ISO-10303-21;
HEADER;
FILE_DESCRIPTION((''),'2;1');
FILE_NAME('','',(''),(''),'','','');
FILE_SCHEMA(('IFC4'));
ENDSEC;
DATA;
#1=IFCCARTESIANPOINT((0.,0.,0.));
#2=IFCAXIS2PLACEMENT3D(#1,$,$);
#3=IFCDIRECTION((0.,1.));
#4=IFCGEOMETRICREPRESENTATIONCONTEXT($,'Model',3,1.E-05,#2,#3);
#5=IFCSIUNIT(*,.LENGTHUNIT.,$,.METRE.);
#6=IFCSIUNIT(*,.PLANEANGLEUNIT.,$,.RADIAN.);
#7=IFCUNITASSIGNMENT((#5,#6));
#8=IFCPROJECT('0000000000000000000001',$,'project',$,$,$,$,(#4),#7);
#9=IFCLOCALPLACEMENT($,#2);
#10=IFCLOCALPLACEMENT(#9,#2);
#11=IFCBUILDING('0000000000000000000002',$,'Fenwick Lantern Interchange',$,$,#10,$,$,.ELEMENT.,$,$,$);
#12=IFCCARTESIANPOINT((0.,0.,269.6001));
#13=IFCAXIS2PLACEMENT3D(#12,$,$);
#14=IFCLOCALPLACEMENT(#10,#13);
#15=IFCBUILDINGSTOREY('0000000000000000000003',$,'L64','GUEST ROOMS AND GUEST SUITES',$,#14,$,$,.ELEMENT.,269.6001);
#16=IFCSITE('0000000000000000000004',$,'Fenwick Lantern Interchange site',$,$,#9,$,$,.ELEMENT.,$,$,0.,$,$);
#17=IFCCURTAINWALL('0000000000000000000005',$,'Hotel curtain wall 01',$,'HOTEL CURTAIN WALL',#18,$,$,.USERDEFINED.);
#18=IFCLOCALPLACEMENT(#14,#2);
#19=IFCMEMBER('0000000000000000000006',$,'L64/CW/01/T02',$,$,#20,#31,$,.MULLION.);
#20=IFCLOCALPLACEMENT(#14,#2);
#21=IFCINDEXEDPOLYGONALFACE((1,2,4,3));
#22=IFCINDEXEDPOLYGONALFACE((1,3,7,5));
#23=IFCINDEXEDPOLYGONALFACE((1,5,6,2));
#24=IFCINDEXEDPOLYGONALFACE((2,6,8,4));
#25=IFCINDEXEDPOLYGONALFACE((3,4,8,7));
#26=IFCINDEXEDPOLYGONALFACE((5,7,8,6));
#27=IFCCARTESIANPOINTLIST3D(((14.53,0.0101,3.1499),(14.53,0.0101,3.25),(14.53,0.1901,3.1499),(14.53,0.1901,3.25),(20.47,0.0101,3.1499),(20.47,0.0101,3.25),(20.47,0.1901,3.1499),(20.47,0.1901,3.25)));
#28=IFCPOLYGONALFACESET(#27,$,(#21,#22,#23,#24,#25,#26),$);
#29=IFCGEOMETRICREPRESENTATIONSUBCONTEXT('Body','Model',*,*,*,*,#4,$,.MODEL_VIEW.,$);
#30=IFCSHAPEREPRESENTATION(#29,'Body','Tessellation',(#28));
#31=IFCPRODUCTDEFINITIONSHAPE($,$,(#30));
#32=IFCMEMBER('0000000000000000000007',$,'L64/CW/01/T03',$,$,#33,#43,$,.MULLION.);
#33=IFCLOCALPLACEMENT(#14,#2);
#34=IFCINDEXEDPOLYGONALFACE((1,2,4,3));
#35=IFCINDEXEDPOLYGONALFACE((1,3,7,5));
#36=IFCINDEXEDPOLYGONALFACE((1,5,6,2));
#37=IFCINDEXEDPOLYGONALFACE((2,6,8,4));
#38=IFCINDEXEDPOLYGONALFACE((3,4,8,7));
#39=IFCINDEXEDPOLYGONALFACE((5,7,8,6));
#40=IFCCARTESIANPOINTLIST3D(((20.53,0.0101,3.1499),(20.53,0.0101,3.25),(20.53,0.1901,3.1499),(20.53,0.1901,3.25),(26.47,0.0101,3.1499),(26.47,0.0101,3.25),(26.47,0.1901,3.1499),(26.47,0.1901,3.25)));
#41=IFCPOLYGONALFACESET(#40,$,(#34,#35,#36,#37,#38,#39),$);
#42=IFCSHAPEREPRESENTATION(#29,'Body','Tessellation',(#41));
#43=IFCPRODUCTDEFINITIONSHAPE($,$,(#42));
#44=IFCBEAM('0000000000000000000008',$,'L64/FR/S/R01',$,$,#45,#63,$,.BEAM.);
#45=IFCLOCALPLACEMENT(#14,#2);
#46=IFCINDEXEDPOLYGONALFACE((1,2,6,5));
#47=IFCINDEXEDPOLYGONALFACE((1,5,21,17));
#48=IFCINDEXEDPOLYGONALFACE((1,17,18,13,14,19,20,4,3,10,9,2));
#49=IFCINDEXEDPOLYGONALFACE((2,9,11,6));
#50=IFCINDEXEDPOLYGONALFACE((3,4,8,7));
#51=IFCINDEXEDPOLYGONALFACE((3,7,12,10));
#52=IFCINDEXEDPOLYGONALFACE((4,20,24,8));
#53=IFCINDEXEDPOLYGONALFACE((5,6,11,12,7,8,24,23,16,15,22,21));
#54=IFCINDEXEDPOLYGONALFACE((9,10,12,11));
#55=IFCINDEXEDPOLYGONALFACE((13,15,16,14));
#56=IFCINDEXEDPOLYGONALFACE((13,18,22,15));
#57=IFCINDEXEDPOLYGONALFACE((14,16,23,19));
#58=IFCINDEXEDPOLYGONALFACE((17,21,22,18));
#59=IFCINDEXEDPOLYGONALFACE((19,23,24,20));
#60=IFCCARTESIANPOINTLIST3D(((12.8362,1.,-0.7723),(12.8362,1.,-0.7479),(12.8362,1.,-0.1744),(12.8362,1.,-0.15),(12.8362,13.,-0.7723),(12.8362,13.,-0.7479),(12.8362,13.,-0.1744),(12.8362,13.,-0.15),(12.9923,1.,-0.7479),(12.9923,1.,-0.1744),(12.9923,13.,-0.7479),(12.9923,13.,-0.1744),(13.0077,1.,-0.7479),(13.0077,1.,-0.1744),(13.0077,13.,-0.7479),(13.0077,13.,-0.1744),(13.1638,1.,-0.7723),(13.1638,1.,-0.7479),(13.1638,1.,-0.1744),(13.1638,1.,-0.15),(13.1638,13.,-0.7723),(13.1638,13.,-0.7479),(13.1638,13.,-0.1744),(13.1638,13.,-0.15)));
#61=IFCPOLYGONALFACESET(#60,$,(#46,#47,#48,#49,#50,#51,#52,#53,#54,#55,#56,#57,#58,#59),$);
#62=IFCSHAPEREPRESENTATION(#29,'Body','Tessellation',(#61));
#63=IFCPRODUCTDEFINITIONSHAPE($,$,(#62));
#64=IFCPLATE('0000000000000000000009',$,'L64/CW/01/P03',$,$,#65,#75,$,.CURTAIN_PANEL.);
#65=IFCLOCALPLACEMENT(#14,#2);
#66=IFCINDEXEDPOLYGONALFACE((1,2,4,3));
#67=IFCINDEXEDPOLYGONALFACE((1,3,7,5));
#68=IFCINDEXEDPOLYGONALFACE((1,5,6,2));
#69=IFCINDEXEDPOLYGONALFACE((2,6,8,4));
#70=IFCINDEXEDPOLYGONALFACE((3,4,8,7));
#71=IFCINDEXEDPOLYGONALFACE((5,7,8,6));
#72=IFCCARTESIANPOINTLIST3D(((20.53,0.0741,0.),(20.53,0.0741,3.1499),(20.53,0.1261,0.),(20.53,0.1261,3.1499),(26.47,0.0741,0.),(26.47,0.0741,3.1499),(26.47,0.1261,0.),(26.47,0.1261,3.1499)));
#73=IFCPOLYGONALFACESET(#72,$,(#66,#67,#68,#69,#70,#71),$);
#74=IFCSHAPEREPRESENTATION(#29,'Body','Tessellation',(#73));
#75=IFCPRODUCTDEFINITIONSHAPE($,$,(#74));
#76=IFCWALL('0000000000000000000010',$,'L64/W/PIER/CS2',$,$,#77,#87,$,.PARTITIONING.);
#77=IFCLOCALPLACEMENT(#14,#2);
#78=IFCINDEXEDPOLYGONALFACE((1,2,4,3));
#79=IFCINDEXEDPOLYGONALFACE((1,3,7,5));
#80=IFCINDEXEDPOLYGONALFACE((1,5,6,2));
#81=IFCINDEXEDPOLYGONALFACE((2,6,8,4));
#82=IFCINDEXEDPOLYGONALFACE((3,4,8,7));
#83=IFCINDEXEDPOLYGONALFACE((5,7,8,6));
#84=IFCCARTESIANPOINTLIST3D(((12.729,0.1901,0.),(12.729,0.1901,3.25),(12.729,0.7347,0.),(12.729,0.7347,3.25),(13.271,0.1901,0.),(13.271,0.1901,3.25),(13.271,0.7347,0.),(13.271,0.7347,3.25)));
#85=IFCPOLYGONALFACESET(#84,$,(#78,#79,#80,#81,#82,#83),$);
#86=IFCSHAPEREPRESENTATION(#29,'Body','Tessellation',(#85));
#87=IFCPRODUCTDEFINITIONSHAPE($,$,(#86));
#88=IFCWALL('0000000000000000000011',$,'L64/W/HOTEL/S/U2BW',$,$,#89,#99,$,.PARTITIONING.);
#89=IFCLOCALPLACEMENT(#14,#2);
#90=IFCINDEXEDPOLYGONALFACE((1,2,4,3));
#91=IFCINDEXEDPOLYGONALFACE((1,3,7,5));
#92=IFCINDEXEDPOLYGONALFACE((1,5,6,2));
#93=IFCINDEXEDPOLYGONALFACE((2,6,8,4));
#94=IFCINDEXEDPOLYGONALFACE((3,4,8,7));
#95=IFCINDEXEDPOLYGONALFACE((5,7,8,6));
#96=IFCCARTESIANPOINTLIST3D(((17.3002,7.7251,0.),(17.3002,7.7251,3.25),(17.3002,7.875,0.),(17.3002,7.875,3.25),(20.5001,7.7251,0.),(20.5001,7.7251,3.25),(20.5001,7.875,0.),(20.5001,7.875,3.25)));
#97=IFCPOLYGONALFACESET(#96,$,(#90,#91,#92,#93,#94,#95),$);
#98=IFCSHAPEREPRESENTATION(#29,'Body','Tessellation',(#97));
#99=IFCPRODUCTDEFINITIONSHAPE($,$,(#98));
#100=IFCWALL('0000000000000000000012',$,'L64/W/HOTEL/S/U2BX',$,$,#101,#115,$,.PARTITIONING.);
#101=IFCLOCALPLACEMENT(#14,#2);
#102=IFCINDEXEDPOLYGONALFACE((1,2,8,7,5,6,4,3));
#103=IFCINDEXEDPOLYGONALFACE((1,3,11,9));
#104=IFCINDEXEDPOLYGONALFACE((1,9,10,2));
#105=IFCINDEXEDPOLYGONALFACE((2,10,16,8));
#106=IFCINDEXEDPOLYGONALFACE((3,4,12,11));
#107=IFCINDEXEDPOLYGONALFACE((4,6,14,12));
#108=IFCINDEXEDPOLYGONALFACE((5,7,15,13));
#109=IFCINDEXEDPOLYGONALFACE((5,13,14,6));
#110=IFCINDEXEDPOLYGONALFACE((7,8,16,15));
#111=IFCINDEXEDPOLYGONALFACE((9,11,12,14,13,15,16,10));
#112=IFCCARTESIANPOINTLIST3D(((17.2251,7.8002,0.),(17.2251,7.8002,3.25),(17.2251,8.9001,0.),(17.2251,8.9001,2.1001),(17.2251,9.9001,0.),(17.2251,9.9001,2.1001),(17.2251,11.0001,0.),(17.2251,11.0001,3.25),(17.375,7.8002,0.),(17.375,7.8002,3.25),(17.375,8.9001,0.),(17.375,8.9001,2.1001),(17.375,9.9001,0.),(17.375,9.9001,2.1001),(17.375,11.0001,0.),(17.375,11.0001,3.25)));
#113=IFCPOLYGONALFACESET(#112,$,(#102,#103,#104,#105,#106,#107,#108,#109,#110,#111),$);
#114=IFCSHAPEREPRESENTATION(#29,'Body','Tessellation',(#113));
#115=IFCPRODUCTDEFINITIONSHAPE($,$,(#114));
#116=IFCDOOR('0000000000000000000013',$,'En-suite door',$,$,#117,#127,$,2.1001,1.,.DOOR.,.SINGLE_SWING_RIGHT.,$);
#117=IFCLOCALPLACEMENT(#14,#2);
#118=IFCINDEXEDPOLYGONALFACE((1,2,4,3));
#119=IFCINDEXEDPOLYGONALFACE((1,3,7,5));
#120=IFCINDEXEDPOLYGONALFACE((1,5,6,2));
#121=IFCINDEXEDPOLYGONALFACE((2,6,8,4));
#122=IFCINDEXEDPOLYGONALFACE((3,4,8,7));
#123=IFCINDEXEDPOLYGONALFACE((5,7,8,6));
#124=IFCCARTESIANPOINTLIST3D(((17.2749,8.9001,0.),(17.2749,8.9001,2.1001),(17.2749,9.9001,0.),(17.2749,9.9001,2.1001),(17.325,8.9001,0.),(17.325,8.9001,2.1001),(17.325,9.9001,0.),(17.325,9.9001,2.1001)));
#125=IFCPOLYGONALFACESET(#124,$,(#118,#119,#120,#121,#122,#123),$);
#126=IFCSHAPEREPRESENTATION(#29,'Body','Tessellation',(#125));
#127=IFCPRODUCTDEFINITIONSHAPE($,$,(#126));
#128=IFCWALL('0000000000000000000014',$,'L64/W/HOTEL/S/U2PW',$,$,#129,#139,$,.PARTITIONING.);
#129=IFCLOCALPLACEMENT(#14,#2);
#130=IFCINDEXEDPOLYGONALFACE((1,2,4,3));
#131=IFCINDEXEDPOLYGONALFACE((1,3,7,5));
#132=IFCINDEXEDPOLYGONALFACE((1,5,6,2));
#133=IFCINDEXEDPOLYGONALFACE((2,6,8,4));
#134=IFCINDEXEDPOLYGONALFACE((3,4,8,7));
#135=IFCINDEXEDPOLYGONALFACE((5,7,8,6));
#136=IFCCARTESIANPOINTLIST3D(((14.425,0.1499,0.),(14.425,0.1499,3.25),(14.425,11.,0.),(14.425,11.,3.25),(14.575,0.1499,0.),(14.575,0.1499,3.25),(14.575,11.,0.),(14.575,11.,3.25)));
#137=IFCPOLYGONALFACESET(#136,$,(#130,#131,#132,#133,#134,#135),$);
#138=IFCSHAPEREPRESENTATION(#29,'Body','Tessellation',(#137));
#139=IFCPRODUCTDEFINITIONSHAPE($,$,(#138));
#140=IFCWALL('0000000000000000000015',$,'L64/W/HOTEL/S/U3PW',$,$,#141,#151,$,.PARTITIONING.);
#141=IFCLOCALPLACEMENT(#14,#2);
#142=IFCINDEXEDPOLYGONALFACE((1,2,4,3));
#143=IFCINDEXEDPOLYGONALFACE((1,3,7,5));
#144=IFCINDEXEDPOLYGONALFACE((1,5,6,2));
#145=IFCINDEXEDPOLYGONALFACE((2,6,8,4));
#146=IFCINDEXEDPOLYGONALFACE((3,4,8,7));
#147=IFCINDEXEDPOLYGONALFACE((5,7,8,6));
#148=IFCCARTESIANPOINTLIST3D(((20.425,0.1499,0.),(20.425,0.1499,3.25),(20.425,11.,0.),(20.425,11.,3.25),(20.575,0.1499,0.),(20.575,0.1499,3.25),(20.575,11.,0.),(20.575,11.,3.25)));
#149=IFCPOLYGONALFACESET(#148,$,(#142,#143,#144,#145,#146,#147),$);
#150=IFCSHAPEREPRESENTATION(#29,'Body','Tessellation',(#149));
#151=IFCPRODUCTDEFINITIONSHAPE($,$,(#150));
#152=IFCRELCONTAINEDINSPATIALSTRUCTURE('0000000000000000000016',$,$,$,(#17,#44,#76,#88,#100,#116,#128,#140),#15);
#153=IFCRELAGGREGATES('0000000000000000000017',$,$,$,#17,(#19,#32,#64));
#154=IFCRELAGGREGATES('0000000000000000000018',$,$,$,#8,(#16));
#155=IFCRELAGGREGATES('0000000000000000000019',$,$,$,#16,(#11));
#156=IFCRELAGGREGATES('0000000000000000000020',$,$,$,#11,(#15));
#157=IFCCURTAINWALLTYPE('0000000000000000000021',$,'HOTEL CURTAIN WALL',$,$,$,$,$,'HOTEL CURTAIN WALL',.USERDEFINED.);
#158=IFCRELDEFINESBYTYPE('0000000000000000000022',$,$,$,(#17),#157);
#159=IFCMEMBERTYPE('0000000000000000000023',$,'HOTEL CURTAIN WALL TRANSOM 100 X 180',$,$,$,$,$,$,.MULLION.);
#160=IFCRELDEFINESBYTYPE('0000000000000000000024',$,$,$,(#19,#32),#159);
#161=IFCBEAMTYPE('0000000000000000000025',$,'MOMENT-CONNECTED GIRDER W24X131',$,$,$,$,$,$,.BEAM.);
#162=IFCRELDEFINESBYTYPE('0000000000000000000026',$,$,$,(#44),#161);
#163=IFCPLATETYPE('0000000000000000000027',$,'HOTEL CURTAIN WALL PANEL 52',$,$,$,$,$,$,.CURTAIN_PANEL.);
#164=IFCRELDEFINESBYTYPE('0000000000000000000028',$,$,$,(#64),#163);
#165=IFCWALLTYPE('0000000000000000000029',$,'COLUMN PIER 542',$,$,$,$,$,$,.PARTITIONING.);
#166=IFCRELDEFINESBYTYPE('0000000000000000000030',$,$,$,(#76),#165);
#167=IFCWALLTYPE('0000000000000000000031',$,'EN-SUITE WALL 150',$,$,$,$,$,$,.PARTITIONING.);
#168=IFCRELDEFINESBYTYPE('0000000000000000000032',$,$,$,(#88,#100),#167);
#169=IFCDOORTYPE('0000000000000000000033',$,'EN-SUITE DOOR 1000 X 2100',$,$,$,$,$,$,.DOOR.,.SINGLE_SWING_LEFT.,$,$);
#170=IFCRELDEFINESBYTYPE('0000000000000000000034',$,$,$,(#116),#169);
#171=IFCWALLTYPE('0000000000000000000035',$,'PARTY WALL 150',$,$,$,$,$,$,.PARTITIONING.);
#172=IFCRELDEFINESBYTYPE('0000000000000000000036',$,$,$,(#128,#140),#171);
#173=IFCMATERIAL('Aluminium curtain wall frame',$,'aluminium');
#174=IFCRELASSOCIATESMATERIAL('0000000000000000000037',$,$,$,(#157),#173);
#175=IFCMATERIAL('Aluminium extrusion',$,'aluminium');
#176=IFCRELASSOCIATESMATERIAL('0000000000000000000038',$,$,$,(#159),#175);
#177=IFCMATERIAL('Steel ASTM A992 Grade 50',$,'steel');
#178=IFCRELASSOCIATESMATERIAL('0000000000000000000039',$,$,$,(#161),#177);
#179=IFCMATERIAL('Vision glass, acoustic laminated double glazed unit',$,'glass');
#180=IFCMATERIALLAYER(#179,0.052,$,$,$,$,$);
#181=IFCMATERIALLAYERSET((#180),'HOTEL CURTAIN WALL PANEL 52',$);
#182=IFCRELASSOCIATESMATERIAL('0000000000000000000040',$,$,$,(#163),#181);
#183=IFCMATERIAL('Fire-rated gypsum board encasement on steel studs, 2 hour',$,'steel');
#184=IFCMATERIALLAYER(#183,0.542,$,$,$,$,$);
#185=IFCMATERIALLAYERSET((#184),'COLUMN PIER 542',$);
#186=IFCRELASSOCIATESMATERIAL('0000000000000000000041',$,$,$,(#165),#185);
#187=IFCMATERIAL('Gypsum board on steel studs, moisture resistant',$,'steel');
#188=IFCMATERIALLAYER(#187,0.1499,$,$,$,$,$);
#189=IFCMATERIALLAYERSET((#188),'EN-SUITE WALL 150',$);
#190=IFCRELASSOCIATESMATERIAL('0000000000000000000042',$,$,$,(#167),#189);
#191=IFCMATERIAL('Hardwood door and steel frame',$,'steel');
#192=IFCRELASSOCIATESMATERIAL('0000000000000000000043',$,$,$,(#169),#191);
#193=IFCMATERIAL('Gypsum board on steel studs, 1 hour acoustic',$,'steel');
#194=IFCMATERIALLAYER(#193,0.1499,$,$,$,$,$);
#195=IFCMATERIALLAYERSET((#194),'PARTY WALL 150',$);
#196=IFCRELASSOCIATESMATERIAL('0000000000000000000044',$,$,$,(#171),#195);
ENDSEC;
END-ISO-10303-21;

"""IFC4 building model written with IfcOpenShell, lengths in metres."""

from ifc_helpers import new_model, si_unit, direction, frame, frame_2d, origin, origin_2d, place, context, subcontext, project, spatial, rectangle, i_section, extrude, material, layer, layer_set, material_profile, profile_set, type_object, element, fill, aggregate, save


model = new_model("IFC4")

# Units and contexts
model_context = context("Model", 3, precision=1e-05, world=origin(), true_north=direction((0.0, 1.0)))
body_context = subcontext(model_context, "Body", "Model", "MODEL_VIEW")
ifc_project = project(units=[si_unit("LENGTHUNIT", "METRE"), si_unit("PLANEANGLEUNIT", "RADIAN")], contexts=[model_context])

# Site, building, storey
site_placement = place(None, origin())
site = spatial("IfcSite", under=ifc_project, at=site_placement, Name="Fenwick Lantern Interchange site", CompositionType="ELEMENT", RefElevation=0.0)
building_placement = place(site_placement, origin())
building = spatial("IfcBuilding", under=site, at=building_placement, Name="Fenwick Lantern Interchange", CompositionType="ELEMENT")
storey_placement = place(building_placement, frame((0.0, 0.0, 269.6001)))
storey = spatial("IfcBuildingStorey", under=building, at=storey_placement, Name="L64", Description="GUEST ROOMS AND GUEST SUITES", CompositionType="ELEMENT", Elevation=269.6001)

# Shared definitions
ifc_material_1 = material(Name="Steel ASTM A992 Grade 50", Category="steel")

# Curtain wall, members
ifc_material_2 = material(Name="Aluminium curtain wall frame", Category="aluminium")
curtain_wall_type = type_object("IfcCurtainWallType", Name="HOTEL CURTAIN WALL", ElementType="HOTEL CURTAIN WALL", PredefinedType="USERDEFINED", material=ifc_material_2)
curtain_wall_placement = place(storey_placement, origin())
curtain_wall = element("IfcCurtainWall", 1, at=curtain_wall_placement, inside=storey, type_object=curtain_wall_type, Name="Hotel curtain wall 01", ObjectType="HOTEL CURTAIN WALL", PredefinedType="USERDEFINED")
ifc_material_3 = material(Name="Aluminium extrusion", Category="aluminium")
ifc_material_profile_1 = material_profile(ifc_material_3, rectangle(XDim=0.1799, YDim=0.1001, at=origin_2d()), Name="HOTEL CURTAIN WALL TRANSOM 100 X 180")
ifc_profile_set_1 = profile_set([ifc_material_profile_1], Name="Aluminium extrusion")
member_type_1 = type_object("IfcMemberType", Name="HOTEL CURTAIN WALL TRANSOM 100 X 180", PredefinedType="MULLION", material=ifc_profile_set_1)
member_1_placement = place(storey_placement, frame((14.53, 0.1001, 3.2), z_axis=(1.0, 0.0, 0.0), x_axis=(0.0, 1.0, 0.0)))
member_1 = element("IfcMember", 2, at=member_1_placement, type_object=member_type_1, Name="L64/CW/01/T02", PredefinedType="MULLION", context=body_context, shape_type="SweptSolid", body=[
    extrude(rectangle(XDim=0.1799, YDim=0.1001, at=origin_2d()), origin(), (0.0, 0.0, 1.0), 5.9399),
])
member_2_placement = place(storey_placement, frame((20.53, 0.1001, 3.2), z_axis=(1.0, 0.0, 0.0), x_axis=(0.0, 1.0, 0.0)))
member_2 = element("IfcMember", 3, at=member_2_placement, type_object=member_type_1, Name="L64/CW/01/T03", PredefinedType="MULLION", context=body_context, shape_type="SweptSolid", body=[
    extrude(rectangle(XDim=0.1799, YDim=0.1001, at=origin_2d()), origin(), (0.0, 0.0, 1.0), 5.9399),
])

# Beam
ifc_material_profile_2 = material_profile(ifc_material_1, i_section(OverallWidth=0.3276, OverallDepth=0.6223, WebThickness=0.0154, FlangeThickness=0.0244, at=origin_2d()), Name="W24X131")
ifc_profile_set_2 = profile_set([ifc_material_profile_2], Name="Steel ASTM A992 Grade 50")
beam_type_1 = type_object("IfcBeamType", Name="MOMENT-CONNECTED GIRDER W24X131", PredefinedType="BEAM", material=ifc_profile_set_2)
beam_1_placement = place(storey_placement, frame((13.0, 1.0, -0.4612), z_axis=(0.0, 1.0, 0.0), x_axis=(-1.0, 0.0, 0.0)))
element("IfcBeam", 4, at=beam_1_placement, inside=storey, type_object=beam_type_1, Name="L64/FR/S/R01", PredefinedType="BEAM", context=body_context, shape_type="SweptSolid", body=[
    extrude(i_section(OverallWidth=0.3276, OverallDepth=0.6223, WebThickness=0.0154, FlangeThickness=0.0244, at=origin_2d()), origin(), (0.0, 0.0, 1.0), 12.0),
])

# Plate
ifc_material_4 = material(Name="Vision glass, acoustic laminated double glazed unit", Category="glass")
ifc_layer_1 = layer(ifc_material_4, 0.052)
ifc_layer_set_1 = layer_set([ifc_layer_1], Name="HOTEL CURTAIN WALL PANEL 52")
plate_type = type_object("IfcPlateType", Name="HOTEL CURTAIN WALL PANEL 52", PredefinedType="CURTAIN_PANEL", material=ifc_layer_set_1)
plate_placement = place(storey_placement, frame((23.5, 0.1001, 0.0), z_axis=(0.0, 0.0, 1.0), x_axis=(1.0, 0.0, 0.0)))
plate = element("IfcPlate", 5, at=plate_placement, type_object=plate_type, Name="L64/CW/01/P03", PredefinedType="CURTAIN_PANEL", context=body_context, shape_type="SweptSolid", body=[
    extrude(rectangle(XDim=5.9399, YDim=0.052, at=origin_2d()), origin(), (0.0, 0.0, 1.0), 3.1499),
])
aggregate(curtain_wall, [member_1, member_2, plate])

# Walls
ifc_material_5 = material(Name="Fire-rated gypsum board encasement on steel studs, 2 hour", Category="steel")
ifc_layer_2 = layer(ifc_material_5, 0.542)
ifc_layer_set_2 = layer_set([ifc_layer_2], Name="COLUMN PIER 542")
wall_type_1 = type_object("IfcWallType", Name="COLUMN PIER 542", PredefinedType="PARTITIONING", material=ifc_layer_set_2)
wall_1_placement = place(storey_placement, frame((13.0, 0.1899, 0.0), z_axis=(0.0, 0.0, 1.0), x_axis=(0.0, 1.0, 0.0)))
element("IfcWall", 6, at=wall_1_placement, inside=storey, type_object=wall_type_1, Name="L64/W/PIER/CS2", PredefinedType="PARTITIONING", context=body_context, shape_type="SweptSolid", body=[
    extrude(rectangle(XDim=0.5447, YDim=0.542, at=frame_2d((0.2725, 0.0))), origin(), (0.0, 0.0, 1.0), 3.25),
])
ifc_material_6 = material(Name="Gypsum board on steel studs, moisture resistant", Category="steel")
ifc_layer_3 = layer(ifc_material_6, 0.1499)
ifc_layer_set_3 = layer_set([ifc_layer_3], Name="EN-SUITE WALL 150")
wall_type_2 = type_object("IfcWallType", Name="EN-SUITE WALL 150", PredefinedType="PARTITIONING", material=ifc_layer_set_3)
wall_2_placement = place(storey_placement, frame((17.3, 7.8, 0.0), z_axis=(0.0, 0.0, 1.0), x_axis=(1.0, 0.0, 0.0)))
element("IfcWall", 7, at=wall_2_placement, inside=storey, type_object=wall_type_2, Name="L64/W/HOTEL/S/U2BW", PredefinedType="PARTITIONING", context=body_context, shape_type="SweptSolid", body=[
    extrude(rectangle(XDim=3.2, YDim=0.1499, at=frame_2d((1.6001, 0.0))), origin(), (0.0, 0.0, 1.0), 3.25),
])

# Wall, opening, door
wall_3_placement = place(storey_placement, frame((17.3, 7.8, 0.0), z_axis=(0.0, 0.0, 1.0), x_axis=(0.0, 1.0, 0.0)))
wall_3 = element("IfcWall", 8, at=wall_3_placement, inside=storey, type_object=wall_type_2, Name="L64/W/HOTEL/S/U2BX", PredefinedType="PARTITIONING", context=body_context, shape_type="SweptSolid", body=[
    extrude(rectangle(XDim=3.2, YDim=0.1499, at=frame_2d((1.6001, 0.0))), origin(), (0.0, 0.0, 1.0), 3.25),
])
opening_placement = place(wall_3_placement, frame((1.1001, 0.0, 0.0)))
opening = element("IfcOpeningElement", 9, at=opening_placement, cuts=wall_3, PredefinedType="OPENING", context=body_context, shape_type="SweptSolid", body=[
    extrude(rectangle(XDim=1.0, YDim=2.1001, at=frame_2d((0.5, 1.05))), frame((0.0, 0.085, 0.0), z_axis=(0.0, -1.0, 0.0), x_axis=(1.0, 0.0, 0.0)), (0.0, 0.0, 1.0), 0.1699),
])
ifc_material_7 = material(Name="Hardwood door and steel frame", Category="steel")
door_type = type_object("IfcDoorType", Name="EN-SUITE DOOR 1000 X 2100", OperationType="SINGLE_SWING_LEFT", PredefinedType="DOOR", material=ifc_material_7)
door_placement = place(opening_placement, frame((1.0, 0.0, 0.0), z_axis=(0.0, 0.0, 1.0), x_axis=(-1.0, 0.0, 0.0)))
door = element("IfcDoor", 10, at=door_placement, inside=storey, type_object=door_type, Name="En-suite door", OperationType="SINGLE_SWING_RIGHT", OverallHeight=2.1001, OverallWidth=1.0, PredefinedType="DOOR", context=body_context, shape_type="SweptSolid", body=[
    extrude(rectangle(XDim=1.0, YDim=2.1001, at=frame_2d((0.5, 1.05))), frame((0.0, 0.0249, 0.0), z_axis=(0.0, -1.0, 0.0), x_axis=(1.0, 0.0, 0.0)), (0.0, 0.0, 1.0), 0.05),
])
fill(opening, door)

# Walls
ifc_material_8 = material(Name="Gypsum board on steel studs, 1 hour acoustic", Category="steel")
ifc_layer_4 = layer(ifc_material_8, 0.1499)
ifc_layer_set_4 = layer_set([ifc_layer_4], Name="PARTY WALL 150")
wall_type_3 = type_object("IfcWallType", Name="PARTY WALL 150", PredefinedType="PARTITIONING", material=ifc_layer_set_4)
for number, where, z_axis, x_axis, name in (
    (11, (14.5, 0.1499, 0.0), (0.0, 0.0, 1.0), (0.0, 1.0, 0.0), "L64/W/HOTEL/S/U2PW"),
    (12, (20.5, 0.1499, 0.0), (0.0, 0.0, 1.0), (0.0, 1.0, 0.0), "L64/W/HOTEL/S/U3PW"),
):
    element("IfcWall", number, at=place(storey_placement, frame(where, z_axis=z_axis, x_axis=x_axis)), inside=storey, type_object=wall_type_3, Name=name, PredefinedType="PARTITIONING", context=body_context, shape_type="SweptSolid", body=[
        extrude(rectangle(XDim=10.8501, YDim=0.1499, at=frame_2d((5.425, 0.0))), origin(), (0.0, 0.0, 1.0), 3.25),
    ])

save(model, "model.ifc")
